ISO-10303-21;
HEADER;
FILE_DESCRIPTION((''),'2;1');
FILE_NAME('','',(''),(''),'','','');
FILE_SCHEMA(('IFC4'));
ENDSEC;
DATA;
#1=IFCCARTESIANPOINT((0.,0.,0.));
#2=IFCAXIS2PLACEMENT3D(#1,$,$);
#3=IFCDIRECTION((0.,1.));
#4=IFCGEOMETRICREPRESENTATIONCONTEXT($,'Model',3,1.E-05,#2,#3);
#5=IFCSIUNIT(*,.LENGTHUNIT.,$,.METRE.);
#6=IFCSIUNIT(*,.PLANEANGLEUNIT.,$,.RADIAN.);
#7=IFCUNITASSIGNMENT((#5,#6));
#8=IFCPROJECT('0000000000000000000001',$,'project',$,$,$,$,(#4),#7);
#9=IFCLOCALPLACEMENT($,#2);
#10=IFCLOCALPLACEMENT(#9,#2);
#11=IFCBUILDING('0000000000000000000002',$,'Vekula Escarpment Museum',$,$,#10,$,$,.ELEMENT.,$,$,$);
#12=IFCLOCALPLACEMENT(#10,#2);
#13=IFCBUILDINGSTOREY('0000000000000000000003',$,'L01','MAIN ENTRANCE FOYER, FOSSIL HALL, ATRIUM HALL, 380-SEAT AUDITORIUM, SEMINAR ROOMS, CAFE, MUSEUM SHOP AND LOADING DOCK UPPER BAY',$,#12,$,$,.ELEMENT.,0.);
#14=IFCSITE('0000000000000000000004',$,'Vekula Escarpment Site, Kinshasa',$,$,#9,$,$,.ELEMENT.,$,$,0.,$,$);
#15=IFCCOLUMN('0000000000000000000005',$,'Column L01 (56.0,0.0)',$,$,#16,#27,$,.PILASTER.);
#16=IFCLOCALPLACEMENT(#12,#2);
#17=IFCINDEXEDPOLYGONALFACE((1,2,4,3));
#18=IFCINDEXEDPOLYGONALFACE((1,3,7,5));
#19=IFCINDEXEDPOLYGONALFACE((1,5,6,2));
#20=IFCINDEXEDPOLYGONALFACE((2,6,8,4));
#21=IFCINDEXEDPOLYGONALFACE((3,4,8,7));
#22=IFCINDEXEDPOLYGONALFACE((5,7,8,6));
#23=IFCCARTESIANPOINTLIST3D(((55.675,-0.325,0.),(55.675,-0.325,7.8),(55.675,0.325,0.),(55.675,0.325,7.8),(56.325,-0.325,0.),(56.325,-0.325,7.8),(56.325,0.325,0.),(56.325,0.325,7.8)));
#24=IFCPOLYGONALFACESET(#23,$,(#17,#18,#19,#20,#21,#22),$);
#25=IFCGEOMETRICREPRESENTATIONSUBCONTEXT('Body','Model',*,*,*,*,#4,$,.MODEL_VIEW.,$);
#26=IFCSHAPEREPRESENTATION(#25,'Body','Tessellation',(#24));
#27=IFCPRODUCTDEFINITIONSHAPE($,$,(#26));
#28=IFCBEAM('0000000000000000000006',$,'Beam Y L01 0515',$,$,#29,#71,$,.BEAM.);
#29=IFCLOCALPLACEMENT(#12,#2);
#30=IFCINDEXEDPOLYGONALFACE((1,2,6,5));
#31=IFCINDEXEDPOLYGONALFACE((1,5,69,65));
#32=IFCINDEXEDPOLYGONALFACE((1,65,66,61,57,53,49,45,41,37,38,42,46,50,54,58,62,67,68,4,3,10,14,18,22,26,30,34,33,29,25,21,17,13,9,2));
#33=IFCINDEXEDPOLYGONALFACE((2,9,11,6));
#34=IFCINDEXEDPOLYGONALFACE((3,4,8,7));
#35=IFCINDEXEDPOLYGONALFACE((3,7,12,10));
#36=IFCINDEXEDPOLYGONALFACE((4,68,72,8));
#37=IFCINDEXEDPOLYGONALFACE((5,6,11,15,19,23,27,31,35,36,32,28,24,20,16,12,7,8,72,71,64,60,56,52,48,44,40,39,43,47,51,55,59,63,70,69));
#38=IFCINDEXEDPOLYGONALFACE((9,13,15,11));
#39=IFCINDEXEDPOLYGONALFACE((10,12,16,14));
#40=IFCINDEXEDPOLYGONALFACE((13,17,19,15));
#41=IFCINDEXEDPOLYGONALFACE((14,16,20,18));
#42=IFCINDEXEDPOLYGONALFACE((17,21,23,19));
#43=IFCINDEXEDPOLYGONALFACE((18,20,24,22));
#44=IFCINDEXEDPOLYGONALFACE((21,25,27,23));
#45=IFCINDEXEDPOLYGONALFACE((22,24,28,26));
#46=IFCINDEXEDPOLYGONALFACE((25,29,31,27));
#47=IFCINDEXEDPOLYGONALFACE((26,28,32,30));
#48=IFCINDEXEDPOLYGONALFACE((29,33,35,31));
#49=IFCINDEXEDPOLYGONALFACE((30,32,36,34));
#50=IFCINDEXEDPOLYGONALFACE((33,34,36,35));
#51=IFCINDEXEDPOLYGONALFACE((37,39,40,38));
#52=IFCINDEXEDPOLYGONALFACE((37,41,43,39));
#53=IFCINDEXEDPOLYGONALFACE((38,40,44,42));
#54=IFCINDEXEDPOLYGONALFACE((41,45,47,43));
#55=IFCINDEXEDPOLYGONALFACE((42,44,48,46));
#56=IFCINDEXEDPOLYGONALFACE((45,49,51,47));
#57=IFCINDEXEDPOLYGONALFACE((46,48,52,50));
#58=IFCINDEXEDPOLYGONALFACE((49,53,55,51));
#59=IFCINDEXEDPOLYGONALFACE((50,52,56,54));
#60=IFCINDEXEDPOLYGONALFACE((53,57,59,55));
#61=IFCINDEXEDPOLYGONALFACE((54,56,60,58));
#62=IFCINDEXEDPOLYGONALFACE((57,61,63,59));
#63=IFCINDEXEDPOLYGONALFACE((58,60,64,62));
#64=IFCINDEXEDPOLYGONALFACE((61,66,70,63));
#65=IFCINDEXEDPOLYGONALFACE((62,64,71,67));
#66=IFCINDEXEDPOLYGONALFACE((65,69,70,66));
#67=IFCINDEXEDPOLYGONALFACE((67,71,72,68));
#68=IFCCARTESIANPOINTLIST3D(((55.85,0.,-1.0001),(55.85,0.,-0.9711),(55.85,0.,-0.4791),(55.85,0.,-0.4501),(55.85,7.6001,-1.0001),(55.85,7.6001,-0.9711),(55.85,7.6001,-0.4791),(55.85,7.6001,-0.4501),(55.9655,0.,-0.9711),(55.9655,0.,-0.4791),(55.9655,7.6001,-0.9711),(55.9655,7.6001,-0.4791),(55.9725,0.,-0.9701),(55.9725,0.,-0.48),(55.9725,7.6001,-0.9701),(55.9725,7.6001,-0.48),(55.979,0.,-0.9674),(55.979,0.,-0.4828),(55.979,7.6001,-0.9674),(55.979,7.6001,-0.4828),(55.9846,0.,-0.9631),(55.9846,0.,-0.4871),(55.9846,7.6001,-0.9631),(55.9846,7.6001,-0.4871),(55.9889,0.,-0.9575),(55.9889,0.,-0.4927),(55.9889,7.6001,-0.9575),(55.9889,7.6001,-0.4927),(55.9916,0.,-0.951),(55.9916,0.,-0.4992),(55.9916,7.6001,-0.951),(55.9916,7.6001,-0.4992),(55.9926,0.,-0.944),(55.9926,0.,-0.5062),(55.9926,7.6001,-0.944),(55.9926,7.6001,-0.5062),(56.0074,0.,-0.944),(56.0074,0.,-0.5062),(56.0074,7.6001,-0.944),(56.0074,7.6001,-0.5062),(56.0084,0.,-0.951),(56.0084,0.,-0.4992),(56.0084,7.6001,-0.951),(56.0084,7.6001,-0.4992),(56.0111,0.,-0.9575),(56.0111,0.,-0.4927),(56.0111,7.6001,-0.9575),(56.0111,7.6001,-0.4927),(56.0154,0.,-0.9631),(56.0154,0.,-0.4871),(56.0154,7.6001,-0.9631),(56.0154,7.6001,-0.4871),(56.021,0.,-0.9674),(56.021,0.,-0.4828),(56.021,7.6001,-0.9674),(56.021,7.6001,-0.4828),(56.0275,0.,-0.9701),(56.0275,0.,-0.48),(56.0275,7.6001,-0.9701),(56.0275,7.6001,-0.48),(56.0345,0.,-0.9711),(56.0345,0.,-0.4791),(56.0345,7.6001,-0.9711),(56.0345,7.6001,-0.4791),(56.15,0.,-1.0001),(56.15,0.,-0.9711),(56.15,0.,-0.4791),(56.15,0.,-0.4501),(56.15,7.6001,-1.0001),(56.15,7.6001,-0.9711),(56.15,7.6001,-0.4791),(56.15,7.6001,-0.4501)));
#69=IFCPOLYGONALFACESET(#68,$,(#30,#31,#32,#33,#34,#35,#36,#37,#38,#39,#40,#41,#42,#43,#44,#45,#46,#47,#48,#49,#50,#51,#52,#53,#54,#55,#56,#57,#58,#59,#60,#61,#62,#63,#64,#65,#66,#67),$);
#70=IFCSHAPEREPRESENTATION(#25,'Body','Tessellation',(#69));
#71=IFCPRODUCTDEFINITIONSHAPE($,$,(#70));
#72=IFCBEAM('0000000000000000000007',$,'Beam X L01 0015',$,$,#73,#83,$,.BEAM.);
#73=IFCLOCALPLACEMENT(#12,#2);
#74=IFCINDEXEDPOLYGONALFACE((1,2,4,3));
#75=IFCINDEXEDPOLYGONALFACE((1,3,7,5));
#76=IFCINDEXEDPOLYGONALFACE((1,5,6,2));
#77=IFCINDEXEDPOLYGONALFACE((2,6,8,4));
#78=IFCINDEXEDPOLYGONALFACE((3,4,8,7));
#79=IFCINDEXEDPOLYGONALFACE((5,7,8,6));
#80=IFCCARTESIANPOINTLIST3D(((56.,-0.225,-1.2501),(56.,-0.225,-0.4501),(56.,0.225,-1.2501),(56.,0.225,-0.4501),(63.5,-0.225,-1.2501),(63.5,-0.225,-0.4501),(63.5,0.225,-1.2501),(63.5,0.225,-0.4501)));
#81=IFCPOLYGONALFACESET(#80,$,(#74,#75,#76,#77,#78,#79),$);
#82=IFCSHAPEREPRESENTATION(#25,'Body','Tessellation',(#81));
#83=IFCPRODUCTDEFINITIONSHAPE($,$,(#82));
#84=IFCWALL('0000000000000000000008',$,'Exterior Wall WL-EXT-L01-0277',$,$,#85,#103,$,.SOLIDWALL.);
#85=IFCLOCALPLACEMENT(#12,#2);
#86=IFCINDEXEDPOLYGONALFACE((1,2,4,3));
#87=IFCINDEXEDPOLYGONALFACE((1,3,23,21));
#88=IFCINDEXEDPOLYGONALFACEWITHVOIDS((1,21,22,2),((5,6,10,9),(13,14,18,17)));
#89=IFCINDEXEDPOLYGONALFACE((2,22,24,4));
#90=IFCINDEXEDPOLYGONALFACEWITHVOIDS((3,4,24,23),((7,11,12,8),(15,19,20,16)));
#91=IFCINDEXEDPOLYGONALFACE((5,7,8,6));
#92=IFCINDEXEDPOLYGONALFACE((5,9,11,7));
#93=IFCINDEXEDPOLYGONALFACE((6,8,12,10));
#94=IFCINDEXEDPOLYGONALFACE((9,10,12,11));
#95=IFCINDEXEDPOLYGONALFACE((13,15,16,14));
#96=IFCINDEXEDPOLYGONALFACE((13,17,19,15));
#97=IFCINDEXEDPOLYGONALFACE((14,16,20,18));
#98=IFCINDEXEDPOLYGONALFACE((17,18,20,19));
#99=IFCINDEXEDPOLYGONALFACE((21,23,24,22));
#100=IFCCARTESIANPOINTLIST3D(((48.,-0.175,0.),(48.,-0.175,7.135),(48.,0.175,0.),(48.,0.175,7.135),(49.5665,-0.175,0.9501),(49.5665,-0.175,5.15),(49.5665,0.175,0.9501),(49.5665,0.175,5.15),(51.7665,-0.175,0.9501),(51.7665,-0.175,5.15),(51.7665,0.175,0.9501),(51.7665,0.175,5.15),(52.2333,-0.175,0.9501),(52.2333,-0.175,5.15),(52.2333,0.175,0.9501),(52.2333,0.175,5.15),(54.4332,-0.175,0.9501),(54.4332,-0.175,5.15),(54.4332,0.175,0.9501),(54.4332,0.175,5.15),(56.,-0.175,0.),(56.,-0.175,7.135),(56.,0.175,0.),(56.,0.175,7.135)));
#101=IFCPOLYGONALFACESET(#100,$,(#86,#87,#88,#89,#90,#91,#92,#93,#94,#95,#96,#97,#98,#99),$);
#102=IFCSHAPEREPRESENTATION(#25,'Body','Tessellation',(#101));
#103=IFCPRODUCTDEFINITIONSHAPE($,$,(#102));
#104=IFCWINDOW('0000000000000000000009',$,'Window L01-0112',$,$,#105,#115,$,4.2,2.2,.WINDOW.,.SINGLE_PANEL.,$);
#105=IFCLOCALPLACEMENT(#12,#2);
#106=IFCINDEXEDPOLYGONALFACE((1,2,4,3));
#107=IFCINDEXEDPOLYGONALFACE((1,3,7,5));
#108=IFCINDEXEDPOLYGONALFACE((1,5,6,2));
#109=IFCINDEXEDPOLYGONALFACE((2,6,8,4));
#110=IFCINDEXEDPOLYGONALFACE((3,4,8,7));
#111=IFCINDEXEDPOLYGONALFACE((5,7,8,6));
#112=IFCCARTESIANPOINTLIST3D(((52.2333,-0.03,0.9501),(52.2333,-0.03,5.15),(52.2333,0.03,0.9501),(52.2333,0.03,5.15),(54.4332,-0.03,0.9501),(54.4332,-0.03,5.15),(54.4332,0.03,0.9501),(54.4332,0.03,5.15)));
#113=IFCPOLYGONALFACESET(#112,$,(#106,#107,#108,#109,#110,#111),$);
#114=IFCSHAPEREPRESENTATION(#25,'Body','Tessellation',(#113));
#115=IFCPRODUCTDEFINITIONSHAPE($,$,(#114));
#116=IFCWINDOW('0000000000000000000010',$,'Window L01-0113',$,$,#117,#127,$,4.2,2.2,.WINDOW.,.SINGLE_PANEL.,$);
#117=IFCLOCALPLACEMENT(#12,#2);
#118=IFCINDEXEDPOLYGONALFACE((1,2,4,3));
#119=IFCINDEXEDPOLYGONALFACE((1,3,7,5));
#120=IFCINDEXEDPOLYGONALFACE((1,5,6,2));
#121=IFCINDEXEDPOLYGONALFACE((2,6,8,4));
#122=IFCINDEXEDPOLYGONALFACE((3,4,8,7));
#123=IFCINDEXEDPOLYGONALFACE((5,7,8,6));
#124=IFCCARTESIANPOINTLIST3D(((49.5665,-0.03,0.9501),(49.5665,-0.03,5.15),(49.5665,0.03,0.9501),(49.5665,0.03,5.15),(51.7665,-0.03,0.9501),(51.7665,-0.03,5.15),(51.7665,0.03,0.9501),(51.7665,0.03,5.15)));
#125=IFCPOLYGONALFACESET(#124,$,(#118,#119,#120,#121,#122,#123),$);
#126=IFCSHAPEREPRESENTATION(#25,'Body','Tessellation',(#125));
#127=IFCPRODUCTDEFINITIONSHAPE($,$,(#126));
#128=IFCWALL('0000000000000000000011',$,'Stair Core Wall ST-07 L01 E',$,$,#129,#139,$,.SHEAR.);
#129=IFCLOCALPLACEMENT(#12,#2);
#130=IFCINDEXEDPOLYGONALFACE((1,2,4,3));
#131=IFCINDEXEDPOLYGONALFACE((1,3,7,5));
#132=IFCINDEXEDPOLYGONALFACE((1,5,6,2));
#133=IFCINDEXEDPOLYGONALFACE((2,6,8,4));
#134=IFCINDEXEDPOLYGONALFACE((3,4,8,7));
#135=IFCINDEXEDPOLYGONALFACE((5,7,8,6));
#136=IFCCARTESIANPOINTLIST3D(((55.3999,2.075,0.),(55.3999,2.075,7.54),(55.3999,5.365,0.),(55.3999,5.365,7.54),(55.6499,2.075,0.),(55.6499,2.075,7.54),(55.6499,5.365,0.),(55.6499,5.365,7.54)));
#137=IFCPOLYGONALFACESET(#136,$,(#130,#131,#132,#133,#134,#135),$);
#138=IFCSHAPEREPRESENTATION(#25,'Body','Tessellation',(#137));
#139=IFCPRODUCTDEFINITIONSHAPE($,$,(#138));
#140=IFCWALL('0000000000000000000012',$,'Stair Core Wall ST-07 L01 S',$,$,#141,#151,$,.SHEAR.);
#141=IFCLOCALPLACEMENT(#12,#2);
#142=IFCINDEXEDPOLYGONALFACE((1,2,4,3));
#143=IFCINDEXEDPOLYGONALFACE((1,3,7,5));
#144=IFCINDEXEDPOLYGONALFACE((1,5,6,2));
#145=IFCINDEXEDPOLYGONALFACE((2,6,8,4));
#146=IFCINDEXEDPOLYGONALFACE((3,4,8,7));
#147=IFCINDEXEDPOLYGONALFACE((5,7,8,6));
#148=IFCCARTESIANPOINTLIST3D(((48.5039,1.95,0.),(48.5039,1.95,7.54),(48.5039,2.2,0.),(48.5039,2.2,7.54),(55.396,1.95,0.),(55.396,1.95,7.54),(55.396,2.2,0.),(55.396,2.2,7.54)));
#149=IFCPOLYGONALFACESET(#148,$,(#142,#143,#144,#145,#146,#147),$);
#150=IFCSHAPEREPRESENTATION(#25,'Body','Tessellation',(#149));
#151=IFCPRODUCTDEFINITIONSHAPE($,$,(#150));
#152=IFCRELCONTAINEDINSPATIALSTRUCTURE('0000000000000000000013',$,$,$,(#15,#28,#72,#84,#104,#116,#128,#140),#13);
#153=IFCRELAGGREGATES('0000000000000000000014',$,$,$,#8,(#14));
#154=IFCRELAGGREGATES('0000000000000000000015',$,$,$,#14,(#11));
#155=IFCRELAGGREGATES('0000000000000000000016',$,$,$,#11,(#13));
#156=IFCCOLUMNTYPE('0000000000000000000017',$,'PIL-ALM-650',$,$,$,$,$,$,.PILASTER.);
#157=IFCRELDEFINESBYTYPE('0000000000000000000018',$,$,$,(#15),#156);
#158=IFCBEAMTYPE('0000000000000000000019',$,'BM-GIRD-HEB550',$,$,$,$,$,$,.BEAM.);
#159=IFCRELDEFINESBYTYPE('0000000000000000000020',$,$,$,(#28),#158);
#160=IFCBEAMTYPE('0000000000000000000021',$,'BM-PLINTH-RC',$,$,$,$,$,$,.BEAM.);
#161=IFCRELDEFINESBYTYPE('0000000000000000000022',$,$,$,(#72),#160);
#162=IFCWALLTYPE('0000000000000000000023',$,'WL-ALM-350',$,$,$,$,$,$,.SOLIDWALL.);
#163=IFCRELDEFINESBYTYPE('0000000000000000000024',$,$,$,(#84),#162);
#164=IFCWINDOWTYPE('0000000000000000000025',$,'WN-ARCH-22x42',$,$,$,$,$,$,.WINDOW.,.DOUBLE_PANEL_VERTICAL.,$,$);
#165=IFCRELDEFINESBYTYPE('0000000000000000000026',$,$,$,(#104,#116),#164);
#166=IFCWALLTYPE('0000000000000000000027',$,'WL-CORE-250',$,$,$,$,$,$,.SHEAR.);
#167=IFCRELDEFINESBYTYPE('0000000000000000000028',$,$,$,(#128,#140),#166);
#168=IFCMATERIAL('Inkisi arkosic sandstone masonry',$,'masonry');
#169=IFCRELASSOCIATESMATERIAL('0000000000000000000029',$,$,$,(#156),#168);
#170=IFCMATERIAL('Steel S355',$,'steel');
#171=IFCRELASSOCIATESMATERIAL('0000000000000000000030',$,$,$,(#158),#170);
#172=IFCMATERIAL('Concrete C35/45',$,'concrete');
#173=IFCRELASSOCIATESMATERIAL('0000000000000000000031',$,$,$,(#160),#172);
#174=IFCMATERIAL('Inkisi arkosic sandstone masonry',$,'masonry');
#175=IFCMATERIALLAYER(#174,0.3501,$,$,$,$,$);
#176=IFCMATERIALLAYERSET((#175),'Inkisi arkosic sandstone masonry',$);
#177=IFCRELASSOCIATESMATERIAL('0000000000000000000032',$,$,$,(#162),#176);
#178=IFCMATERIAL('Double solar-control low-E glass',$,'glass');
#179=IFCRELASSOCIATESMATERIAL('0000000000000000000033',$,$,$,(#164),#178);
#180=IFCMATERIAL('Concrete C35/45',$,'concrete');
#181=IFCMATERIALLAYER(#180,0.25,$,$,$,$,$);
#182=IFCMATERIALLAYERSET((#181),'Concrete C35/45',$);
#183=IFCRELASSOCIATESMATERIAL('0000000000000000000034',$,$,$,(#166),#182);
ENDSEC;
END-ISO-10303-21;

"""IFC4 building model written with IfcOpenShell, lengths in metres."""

from ifc_helpers import new_model, si_unit, direction, frame, frame_2d, origin, origin_2d, place, context, subcontext, project, spatial, rectangle, i_section, extrude, material, layer, layer_set, material_profile, profile_set, type_object, element, fill, save


model = new_model("IFC4")

# Units and contexts
model_context = context("Model", 3, precision=1e-05, world=origin(), true_north=direction((0.0, 1.0)))
body_context = subcontext(model_context, "Body", "Model", "MODEL_VIEW")
ifc_project = project(units=[si_unit("LENGTHUNIT", "METRE"), si_unit("PLANEANGLEUNIT", "RADIAN")], contexts=[model_context])

# Site, building, storey
site_placement = place(None, origin())
site = spatial("IfcSite", under=ifc_project, at=site_placement, Name="Vekula Escarpment Site, Kinshasa", CompositionType="ELEMENT", RefElevation=0.0)
building_placement = place(site_placement, origin())
building = spatial("IfcBuilding", under=site, at=building_placement, Name="Vekula Escarpment Museum", CompositionType="ELEMENT")
storey_placement = place(building_placement, origin())
storey = spatial("IfcBuildingStorey", under=building, at=storey_placement, Name="L01", Description="MAIN ENTRANCE FOYER, FOSSIL HALL, ATRIUM HALL, 380-SEAT AUDITORIUM, SEMINAR ROOMS, CAFE, MUSEUM SHOP AND LOADING DOCK UPPER BAY", CompositionType="ELEMENT", Elevation=0.0)

# Column
ifc_material_1 = material(Name="Inkisi arkosic sandstone masonry", Category="masonry")
ifc_material_profile_1 = material_profile(ifc_material_1, rectangle(XDim=0.6499, YDim=0.6499, at=origin_2d()), Name="PIER 650x650")
ifc_profile_set_1 = profile_set([ifc_material_profile_1], Name="Inkisi arkosic sandstone masonry")
column_type = type_object("IfcColumnType", Name="PIL-ALM-650", PredefinedType="PILASTER", material=ifc_profile_set_1)
column_placement = place(storey_placement, frame((56.0, 0.0, 0.0), z_axis=(0.0, 0.0, 1.0), x_axis=(1.0, 0.0, 0.0)))
element("IfcColumn", 1, at=column_placement, inside=storey, type_object=column_type, Name="Column L01 (56.0,0.0)", PredefinedType="PILASTER", context=body_context, shape_type="SweptSolid", body=[
    extrude(rectangle(XDim=0.6499, YDim=0.6499, at=origin_2d()), origin(), (0.0, 0.0, 1.0), 7.8),
])

# Beams
ifc_material_2 = material(Name="Steel S355", Category="steel")
ifc_material_profile_2 = material_profile(ifc_material_2, i_section(OverallWidth=0.3, OverallDepth=0.55, WebThickness=0.0149, FlangeThickness=0.0291, FilletRadius=0.0271, at=origin_2d()), Name="HEB 550")
ifc_profile_set_2 = profile_set([ifc_material_profile_2], Name="Steel S355")
beam_type_1 = type_object("IfcBeamType", Name="BM-GIRD-HEB550", PredefinedType="BEAM", material=ifc_profile_set_2)
beam_1_placement = place(storey_placement, frame((56.0, 0.0, -0.7251), z_axis=(0.0, 1.0, 0.0), x_axis=(-1.0, 0.0, 0.0)))
element("IfcBeam", 2, at=beam_1_placement, inside=storey, type_object=beam_type_1, Name="Beam Y L01 0515", PredefinedType="BEAM", context=body_context, shape_type="SweptSolid", body=[
    extrude(i_section(OverallWidth=0.3, OverallDepth=0.55, WebThickness=0.0149, FlangeThickness=0.0291, FilletRadius=0.0271, at=origin_2d()), origin(), (0.0, 0.0, 1.0), 7.6001),
])
ifc_material_3 = material(Name="Concrete C35/45", Category="concrete")
ifc_material_profile_3 = material_profile(ifc_material_3, rectangle(XDim=0.45, YDim=0.8, at=origin_2d()), Name="RC 450x800")
ifc_profile_set_3 = profile_set([ifc_material_profile_3], Name="Concrete C35/45")
beam_type_2 = type_object("IfcBeamType", Name="BM-PLINTH-RC", PredefinedType="BEAM", material=ifc_profile_set_3)
beam_2_placement = place(storey_placement, frame((56.0, 0.0, -0.8501), z_axis=(1.0, 0.0, 0.0), x_axis=(0.0, 1.0, 0.0)))
element("IfcBeam", 3, at=beam_2_placement, inside=storey, type_object=beam_type_2, Name="Beam X L01 0015", PredefinedType="BEAM", context=body_context, shape_type="SweptSolid", body=[
    extrude(rectangle(XDim=0.45, YDim=0.8, at=origin_2d()), origin(), (0.0, 0.0, 1.0), 7.5),
])

# Wall, openings, windows
ifc_material_4 = material(Name="Inkisi arkosic sandstone masonry", Category="masonry")
ifc_layer_1 = layer(ifc_material_4, 0.3501)
ifc_layer_set_1 = layer_set([ifc_layer_1], Name="Inkisi arkosic sandstone masonry")
wall_type_1 = type_object("IfcWallType", Name="WL-ALM-350", PredefinedType="SOLIDWALL", material=ifc_layer_set_1)
wall_1_placement = place(storey_placement, frame((56.0, 0.0, 0.0), z_axis=(0.0, 0.0, 1.0), x_axis=(-1.0, 0.0, 0.0)))
wall_1 = element("IfcWall", 4, at=wall_1_placement, inside=storey, type_object=wall_type_1, Name="Exterior Wall WL-EXT-L01-0277", PredefinedType="SOLIDWALL", context=body_context, shape_type="SweptSolid", body=[
    extrude(rectangle(XDim=8.0, YDim=0.3501, at=frame_2d((4.0, 0.0))), origin(), (0.0, 0.0, 1.0), 7.135),
])
opening_1_placement = place(wall_1_placement, frame((1.5667, 0.0, 0.95)))
opening_1 = element("IfcOpeningElement", 5, at=opening_1_placement, cuts=wall_1, PredefinedType="OPENING", context=body_context, shape_type="SweptSolid", body=[
    extrude(rectangle(XDim=2.2, YDim=4.2, at=frame_2d((1.1001, 2.1001))), frame((0.0, 0.1851, 0.0), z_axis=(0.0, -1.0, 0.0), x_axis=(1.0, 0.0, 0.0)), (0.0, 0.0, 1.0), 0.3701),
])
opening_2_placement = place(wall_1_placement, frame((4.2334, 0.0, 0.95)))
opening_2 = element("IfcOpeningElement", 6, at=opening_2_placement, cuts=wall_1, PredefinedType="OPENING", context=body_context, shape_type="SweptSolid", body=[
    extrude(rectangle(XDim=2.2, YDim=4.2, at=frame_2d((1.1001, 2.1001))), frame((0.0, 0.1851, 0.0), z_axis=(0.0, -1.0, 0.0), x_axis=(1.0, 0.0, 0.0)), (0.0, 0.0, 1.0), 0.3701),
])
ifc_material_5 = material(Name="Double solar-control low-E glass", Category="glass")
window_type = type_object("IfcWindowType", Name="WN-ARCH-22x42", PartitioningType="DOUBLE_PANEL_VERTICAL", PredefinedType="WINDOW", material=ifc_material_5)
window_1_placement = place(opening_1_placement, origin())
window_1 = element("IfcWindow", 7, at=window_1_placement, inside=storey, type_object=window_type, Name="Window L01-0112", OverallHeight=4.2, OverallWidth=2.2, PartitioningType="SINGLE_PANEL", PredefinedType="WINDOW", context=body_context, shape_type="SweptSolid", body=[
    extrude(rectangle(XDim=2.2, YDim=4.2, at=frame_2d((1.1001, 2.1001))), frame((0.0, 0.03, 0.0), z_axis=(0.0, -1.0, 0.0), x_axis=(1.0, 0.0, 0.0)), (0.0, 0.0, 1.0), 0.0601),
])
fill(opening_1, window_1)
window_2_placement = place(opening_2_placement, origin())
window_2 = element("IfcWindow", 8, at=window_2_placement, inside=storey, type_object=window_type, Name="Window L01-0113", OverallHeight=4.2, OverallWidth=2.2, PartitioningType="SINGLE_PANEL", PredefinedType="WINDOW", context=body_context, shape_type="SweptSolid", body=[
    extrude(rectangle(XDim=2.2, YDim=4.2, at=frame_2d((1.1001, 2.1001))), frame((0.0, 0.03, 0.0), z_axis=(0.0, -1.0, 0.0), x_axis=(1.0, 0.0, 0.0)), (0.0, 0.0, 1.0), 0.0601),
])
fill(opening_2, window_2)

# Walls
ifc_material_6 = material(Name="Concrete C35/45", Category="concrete")
ifc_layer_2 = layer(ifc_material_6, 0.25)
ifc_layer_set_2 = layer_set([ifc_layer_2], Name="Concrete C35/45")
wall_type_2 = type_object("IfcWallType", Name="WL-CORE-250", PredefinedType="SHEAR", material=ifc_layer_set_2)
wall_2_placement = place(storey_placement, frame((55.5249, 2.075, 0.0), z_axis=(0.0, 0.0, 1.0), x_axis=(0.0, 1.0, 0.0)))
element("IfcWall", 9, at=wall_2_placement, inside=storey, type_object=wall_type_2, Name="Stair Core Wall ST-07 L01 E", PredefinedType="SHEAR", context=body_context, shape_type="SweptSolid", body=[
    extrude(rectangle(XDim=3.29, YDim=0.25, at=frame_2d((1.645, 0.0))), origin(), (0.0, 0.0, 1.0), 7.54),
])
wall_3_placement = place(storey_placement, frame((48.5039, 2.075, 0.0), z_axis=(0.0, 0.0, 1.0), x_axis=(1.0, 0.0, 0.0)))
element("IfcWall", 10, at=wall_3_placement, inside=storey, type_object=wall_type_2, Name="Stair Core Wall ST-07 L01 S", PredefinedType="SHEAR", context=body_context, shape_type="SweptSolid", body=[
    extrude(rectangle(XDim=6.8921, YDim=0.25, at=frame_2d((3.446, 0.0))), origin(), (0.0, 0.0, 1.0), 7.54),
])

save(model, "model.ifc")
